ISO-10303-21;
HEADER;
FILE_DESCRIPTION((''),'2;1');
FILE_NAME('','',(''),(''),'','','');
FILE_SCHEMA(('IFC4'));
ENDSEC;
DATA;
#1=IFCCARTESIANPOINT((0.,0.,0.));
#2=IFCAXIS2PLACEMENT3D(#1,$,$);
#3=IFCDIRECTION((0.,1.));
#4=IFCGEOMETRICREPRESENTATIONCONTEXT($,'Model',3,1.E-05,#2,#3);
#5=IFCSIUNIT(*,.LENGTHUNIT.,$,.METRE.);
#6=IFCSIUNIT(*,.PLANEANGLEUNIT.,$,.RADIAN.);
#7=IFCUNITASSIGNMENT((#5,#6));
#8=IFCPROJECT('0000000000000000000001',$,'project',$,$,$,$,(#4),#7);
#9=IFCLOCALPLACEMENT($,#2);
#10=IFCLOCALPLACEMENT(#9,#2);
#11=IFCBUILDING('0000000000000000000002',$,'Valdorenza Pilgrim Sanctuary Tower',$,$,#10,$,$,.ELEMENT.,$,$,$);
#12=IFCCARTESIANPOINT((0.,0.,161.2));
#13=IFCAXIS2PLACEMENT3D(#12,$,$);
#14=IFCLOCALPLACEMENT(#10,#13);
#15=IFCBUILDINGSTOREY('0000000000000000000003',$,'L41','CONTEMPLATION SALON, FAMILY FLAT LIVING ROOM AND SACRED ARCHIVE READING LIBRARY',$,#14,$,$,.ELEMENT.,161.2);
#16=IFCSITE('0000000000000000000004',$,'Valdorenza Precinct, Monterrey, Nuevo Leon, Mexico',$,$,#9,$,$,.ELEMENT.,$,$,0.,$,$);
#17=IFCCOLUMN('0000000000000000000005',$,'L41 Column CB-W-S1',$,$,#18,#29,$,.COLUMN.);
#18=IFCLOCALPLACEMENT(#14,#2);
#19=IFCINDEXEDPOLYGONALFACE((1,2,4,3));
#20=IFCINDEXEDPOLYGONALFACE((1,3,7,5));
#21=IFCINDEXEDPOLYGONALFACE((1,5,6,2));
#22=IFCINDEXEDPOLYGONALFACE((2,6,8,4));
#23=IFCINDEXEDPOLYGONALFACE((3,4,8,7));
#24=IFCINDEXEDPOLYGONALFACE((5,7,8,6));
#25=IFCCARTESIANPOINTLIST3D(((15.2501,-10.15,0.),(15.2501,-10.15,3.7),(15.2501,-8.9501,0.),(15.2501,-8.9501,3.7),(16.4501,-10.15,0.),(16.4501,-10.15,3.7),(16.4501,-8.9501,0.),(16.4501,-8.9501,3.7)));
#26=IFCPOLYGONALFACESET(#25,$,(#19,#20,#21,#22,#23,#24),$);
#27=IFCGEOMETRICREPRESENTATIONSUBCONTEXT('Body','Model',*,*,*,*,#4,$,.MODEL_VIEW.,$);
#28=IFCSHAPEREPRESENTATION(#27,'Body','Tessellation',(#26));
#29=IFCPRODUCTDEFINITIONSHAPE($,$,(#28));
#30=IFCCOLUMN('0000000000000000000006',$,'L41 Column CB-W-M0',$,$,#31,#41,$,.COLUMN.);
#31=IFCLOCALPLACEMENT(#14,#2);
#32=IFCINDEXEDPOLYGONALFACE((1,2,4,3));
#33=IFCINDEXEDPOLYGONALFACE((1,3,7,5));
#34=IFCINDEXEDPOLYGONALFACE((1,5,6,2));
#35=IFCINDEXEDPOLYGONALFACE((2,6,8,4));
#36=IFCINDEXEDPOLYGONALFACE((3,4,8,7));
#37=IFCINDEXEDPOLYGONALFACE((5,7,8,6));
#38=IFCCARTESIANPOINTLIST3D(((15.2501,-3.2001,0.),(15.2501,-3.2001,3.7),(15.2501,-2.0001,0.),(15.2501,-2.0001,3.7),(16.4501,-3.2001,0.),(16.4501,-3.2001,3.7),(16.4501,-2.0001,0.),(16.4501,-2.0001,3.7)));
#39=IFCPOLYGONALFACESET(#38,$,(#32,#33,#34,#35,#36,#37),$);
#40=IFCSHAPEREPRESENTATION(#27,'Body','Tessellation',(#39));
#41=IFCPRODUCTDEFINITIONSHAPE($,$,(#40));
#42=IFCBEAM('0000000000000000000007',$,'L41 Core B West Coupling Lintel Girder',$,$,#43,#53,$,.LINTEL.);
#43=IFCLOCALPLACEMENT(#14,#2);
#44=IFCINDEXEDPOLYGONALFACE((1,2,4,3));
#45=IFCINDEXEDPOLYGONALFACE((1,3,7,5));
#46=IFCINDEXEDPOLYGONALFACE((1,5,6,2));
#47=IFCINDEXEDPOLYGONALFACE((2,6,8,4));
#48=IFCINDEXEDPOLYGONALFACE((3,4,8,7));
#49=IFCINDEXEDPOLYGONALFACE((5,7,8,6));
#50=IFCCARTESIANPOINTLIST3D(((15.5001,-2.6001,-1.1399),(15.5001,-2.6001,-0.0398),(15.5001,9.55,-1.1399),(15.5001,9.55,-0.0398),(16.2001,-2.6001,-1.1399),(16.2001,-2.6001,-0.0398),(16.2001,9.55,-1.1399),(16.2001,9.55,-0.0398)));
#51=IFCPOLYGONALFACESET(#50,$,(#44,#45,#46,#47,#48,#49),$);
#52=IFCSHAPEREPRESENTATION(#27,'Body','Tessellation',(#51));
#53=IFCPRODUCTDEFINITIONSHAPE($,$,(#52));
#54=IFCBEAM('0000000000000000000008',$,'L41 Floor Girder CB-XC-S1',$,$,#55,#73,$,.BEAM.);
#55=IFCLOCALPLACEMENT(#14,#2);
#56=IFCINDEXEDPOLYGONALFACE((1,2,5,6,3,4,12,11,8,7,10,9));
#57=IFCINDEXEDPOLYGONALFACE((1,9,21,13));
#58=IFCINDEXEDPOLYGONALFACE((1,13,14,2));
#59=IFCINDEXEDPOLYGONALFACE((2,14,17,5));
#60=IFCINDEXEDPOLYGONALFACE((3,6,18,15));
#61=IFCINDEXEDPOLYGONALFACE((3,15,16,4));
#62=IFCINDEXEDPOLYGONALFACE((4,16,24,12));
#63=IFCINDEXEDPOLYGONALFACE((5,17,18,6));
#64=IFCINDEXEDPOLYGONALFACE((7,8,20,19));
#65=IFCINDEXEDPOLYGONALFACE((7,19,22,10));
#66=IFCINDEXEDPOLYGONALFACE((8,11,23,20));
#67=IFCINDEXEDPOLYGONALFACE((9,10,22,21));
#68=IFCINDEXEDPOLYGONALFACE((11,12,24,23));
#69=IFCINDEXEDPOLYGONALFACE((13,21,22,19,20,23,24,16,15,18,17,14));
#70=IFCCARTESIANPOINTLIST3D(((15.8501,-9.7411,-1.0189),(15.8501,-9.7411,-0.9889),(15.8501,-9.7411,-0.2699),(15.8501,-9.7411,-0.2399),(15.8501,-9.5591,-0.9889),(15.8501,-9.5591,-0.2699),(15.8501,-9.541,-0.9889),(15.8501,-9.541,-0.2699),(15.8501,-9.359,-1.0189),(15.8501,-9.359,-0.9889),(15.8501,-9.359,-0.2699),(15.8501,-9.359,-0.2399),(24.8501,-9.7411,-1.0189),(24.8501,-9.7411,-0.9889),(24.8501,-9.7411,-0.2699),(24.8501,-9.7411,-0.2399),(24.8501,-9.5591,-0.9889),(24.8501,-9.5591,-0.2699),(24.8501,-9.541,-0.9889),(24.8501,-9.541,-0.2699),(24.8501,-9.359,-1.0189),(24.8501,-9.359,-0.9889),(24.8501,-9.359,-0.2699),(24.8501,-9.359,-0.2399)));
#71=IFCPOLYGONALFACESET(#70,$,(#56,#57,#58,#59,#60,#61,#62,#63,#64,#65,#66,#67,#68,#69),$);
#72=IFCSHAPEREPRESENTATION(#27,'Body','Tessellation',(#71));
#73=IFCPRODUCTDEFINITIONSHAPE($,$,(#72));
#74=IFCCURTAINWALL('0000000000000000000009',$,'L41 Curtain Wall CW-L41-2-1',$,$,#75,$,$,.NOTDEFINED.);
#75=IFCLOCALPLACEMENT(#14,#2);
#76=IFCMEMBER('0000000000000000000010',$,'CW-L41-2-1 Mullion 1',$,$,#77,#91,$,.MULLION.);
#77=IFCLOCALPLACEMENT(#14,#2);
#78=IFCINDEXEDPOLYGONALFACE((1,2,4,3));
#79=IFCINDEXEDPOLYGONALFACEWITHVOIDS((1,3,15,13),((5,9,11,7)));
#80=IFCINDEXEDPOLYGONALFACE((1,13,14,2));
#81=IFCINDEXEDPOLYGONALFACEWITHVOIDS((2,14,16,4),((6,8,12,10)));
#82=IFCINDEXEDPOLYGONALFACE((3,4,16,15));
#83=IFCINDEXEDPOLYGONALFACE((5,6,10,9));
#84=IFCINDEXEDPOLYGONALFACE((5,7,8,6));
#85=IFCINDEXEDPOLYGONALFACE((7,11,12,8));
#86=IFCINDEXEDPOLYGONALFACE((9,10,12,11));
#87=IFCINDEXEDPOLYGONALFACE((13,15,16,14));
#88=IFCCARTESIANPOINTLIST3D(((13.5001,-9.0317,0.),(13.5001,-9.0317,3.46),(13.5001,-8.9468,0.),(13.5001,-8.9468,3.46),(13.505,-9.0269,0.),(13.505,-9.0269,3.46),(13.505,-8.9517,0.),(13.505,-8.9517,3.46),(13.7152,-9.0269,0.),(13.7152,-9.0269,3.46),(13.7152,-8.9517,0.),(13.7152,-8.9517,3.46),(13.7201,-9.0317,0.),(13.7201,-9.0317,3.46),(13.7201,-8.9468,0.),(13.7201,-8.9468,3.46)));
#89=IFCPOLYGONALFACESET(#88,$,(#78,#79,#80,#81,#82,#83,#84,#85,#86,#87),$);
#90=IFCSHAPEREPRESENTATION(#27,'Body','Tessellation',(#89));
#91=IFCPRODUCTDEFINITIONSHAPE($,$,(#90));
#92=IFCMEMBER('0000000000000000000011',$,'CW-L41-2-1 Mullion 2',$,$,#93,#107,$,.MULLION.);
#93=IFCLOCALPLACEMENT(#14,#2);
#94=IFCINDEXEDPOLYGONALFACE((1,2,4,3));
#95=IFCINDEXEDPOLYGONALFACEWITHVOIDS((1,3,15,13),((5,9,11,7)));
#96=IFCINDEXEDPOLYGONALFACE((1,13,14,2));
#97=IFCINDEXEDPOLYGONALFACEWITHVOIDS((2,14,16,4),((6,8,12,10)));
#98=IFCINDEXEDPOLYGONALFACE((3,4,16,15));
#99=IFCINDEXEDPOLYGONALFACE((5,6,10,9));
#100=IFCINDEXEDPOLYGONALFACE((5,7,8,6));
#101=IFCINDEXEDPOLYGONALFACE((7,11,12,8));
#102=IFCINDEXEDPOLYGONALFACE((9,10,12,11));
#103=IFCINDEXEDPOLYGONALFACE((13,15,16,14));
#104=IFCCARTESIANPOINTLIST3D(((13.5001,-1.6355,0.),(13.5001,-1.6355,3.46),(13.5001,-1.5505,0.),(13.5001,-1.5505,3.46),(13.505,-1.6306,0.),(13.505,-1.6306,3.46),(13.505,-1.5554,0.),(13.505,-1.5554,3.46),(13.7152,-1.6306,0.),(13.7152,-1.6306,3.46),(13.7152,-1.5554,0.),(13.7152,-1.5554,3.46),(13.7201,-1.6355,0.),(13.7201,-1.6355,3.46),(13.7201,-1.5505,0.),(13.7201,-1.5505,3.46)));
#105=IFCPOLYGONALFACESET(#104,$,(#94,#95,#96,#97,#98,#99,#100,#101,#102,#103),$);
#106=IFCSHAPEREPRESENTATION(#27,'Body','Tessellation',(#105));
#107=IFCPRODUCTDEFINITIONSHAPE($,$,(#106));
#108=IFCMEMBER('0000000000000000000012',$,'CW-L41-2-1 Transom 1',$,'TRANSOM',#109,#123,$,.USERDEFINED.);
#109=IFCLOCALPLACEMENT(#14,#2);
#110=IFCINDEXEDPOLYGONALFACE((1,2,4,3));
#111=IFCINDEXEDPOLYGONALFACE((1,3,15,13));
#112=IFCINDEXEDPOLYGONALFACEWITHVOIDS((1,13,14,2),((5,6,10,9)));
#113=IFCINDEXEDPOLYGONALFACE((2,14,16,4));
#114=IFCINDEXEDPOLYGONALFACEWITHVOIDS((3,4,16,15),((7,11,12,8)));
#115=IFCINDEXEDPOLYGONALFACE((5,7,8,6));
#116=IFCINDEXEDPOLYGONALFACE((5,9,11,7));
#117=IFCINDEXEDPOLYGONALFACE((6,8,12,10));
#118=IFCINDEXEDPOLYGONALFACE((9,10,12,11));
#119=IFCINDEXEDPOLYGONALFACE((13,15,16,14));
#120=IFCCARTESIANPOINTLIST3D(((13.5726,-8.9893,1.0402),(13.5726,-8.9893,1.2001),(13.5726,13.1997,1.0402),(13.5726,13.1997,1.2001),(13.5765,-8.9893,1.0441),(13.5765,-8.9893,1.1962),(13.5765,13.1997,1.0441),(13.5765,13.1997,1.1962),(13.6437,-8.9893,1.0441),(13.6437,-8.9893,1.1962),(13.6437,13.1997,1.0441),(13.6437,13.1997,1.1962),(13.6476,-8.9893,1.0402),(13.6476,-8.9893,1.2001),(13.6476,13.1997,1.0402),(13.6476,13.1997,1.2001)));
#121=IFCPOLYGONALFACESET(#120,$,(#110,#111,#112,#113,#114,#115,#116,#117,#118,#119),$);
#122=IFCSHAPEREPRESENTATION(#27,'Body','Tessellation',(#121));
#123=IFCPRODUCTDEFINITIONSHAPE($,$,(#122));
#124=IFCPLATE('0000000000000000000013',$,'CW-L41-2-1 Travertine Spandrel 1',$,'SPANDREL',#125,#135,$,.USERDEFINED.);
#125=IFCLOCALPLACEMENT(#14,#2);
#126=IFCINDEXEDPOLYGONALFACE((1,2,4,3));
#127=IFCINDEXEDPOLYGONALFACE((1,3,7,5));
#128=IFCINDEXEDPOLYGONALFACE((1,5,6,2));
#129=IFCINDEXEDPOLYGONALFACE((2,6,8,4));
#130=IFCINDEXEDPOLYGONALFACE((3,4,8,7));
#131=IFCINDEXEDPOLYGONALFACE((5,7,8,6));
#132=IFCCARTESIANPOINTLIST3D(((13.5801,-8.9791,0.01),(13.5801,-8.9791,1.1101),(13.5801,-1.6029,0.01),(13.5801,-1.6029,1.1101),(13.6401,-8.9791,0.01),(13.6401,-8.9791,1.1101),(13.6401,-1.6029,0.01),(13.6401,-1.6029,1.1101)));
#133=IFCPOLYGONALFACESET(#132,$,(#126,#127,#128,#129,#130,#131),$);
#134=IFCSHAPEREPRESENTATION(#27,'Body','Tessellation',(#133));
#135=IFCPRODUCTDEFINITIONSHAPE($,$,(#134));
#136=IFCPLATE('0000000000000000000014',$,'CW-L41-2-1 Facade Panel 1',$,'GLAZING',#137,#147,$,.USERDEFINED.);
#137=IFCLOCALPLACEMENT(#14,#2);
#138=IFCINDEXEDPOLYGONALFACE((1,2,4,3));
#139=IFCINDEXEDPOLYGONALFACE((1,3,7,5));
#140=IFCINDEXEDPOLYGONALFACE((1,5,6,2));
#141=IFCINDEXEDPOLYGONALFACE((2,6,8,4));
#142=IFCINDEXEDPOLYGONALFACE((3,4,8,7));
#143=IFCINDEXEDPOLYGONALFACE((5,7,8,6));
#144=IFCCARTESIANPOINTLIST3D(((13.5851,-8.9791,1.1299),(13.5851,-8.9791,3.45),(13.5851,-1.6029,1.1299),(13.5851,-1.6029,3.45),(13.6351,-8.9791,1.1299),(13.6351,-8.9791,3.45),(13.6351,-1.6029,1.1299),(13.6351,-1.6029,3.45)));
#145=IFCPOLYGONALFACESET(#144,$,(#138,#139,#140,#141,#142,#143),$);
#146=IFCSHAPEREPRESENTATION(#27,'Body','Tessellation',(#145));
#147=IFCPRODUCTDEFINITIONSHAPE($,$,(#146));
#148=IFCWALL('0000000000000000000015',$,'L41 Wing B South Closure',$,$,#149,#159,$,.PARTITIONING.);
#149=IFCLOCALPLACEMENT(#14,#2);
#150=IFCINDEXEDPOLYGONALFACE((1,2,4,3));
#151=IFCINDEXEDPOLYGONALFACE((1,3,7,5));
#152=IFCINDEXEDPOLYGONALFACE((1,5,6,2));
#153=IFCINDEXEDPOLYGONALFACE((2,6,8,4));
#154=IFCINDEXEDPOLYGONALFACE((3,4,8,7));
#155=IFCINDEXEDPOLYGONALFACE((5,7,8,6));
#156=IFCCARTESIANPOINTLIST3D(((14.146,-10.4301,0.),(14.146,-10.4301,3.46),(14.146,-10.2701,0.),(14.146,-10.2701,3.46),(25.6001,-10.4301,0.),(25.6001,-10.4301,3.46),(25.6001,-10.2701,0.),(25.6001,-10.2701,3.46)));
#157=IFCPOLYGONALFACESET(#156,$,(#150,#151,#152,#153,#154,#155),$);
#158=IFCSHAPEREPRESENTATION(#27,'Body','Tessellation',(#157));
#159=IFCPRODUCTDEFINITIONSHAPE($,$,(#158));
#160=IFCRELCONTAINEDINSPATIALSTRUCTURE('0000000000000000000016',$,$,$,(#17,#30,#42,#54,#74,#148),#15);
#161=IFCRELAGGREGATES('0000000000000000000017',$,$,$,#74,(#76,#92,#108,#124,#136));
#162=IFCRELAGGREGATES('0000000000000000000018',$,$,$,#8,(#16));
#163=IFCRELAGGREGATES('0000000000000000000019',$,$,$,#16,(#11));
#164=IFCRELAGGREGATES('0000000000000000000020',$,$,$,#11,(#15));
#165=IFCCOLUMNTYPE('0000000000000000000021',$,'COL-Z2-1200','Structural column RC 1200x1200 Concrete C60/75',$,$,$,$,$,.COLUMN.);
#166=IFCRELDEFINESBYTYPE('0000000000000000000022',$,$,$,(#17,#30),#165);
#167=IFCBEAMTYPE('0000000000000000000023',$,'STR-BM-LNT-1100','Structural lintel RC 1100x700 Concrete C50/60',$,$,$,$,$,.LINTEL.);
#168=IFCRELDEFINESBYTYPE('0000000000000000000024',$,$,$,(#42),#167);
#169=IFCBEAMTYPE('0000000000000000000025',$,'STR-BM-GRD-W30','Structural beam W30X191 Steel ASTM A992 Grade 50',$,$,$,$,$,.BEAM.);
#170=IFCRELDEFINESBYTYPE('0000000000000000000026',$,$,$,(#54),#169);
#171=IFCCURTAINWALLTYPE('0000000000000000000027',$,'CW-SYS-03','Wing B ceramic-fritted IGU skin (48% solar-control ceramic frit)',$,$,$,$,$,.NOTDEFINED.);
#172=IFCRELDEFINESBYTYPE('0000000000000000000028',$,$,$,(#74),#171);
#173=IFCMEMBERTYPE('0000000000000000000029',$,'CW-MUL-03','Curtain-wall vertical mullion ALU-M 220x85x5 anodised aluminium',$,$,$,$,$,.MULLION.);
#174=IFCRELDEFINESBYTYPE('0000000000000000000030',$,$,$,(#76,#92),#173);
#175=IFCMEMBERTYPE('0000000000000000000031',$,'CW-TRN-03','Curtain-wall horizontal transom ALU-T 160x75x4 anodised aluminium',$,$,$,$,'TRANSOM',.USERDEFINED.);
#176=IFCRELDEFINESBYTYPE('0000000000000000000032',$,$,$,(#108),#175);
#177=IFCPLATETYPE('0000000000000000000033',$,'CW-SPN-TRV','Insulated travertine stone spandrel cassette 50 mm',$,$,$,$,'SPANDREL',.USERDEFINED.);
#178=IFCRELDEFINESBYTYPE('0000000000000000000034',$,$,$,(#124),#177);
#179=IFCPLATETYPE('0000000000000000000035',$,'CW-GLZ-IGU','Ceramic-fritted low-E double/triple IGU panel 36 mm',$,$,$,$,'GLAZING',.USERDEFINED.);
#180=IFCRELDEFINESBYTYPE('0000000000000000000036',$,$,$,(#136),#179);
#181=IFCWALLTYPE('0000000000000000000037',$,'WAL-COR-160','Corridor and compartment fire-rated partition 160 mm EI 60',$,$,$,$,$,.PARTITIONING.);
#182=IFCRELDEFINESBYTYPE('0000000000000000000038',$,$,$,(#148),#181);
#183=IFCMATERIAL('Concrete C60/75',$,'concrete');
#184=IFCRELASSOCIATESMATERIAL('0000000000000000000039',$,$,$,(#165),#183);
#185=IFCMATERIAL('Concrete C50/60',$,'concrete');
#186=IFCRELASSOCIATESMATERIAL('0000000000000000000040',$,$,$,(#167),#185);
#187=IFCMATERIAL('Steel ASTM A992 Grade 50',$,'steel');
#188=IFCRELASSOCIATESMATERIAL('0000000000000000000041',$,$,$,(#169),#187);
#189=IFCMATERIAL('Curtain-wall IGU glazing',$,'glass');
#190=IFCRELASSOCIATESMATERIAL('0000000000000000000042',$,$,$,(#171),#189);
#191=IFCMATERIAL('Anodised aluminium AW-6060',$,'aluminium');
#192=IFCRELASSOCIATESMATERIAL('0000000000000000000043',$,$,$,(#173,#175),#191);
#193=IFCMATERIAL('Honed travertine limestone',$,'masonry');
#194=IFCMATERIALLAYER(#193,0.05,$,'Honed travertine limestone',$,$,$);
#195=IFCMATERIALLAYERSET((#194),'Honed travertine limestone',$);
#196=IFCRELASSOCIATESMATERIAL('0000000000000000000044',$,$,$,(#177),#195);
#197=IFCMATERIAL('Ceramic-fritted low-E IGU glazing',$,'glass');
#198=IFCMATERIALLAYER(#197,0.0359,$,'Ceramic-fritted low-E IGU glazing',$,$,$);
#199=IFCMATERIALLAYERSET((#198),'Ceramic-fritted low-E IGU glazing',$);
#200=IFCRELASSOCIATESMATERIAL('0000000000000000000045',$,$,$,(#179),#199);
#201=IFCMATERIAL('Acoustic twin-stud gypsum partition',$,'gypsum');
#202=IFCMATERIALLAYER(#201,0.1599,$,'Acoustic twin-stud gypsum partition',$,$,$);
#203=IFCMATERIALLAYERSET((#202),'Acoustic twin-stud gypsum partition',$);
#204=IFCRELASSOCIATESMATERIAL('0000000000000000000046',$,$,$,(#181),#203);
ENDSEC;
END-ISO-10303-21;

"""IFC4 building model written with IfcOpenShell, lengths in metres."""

from ifc_helpers import new_model, si_unit, direction, frame, frame_2d, origin, origin_2d, place, context, subcontext, project, spatial, rectangle, hollow_rectangle, i_section, extrude, source, transform, mapped, material, layer, layer_set, material_profile, profile_set, type_object, element, aggregate, save


model = new_model("IFC4")

# Units and contexts
model_context = context("Model", 3, precision=1e-05, world=origin(), true_north=direction((0.0, 1.0)))
body_context = subcontext(model_context, "Body", "Model", "MODEL_VIEW")
ifc_project = project(units=[si_unit("LENGTHUNIT", "METRE"), si_unit("PLANEANGLEUNIT", "RADIAN")], contexts=[model_context])

# Site, building, storey
site_placement = place(None, origin())
site = spatial("IfcSite", under=ifc_project, at=site_placement, Name="Valdorenza Precinct, Monterrey, Nuevo Leon, Mexico", CompositionType="ELEMENT", RefElevation=0.0)
building_placement = place(site_placement, origin())
building = spatial("IfcBuilding", under=site, at=building_placement, Name="Valdorenza Pilgrim Sanctuary Tower", CompositionType="ELEMENT")
storey_placement = place(building_placement, frame((0.0, 0.0, 161.2)))
storey = spatial("IfcBuildingStorey", under=building, at=storey_placement, Name="L41", Description="CONTEMPLATION SALON, FAMILY FLAT LIVING ROOM AND SACRED ARCHIVE READING LIBRARY", CompositionType="ELEMENT", Elevation=161.2)

# Columns
ifc_material_1 = material(Name="Concrete C60/75", Category="concrete")
ifc_material_profile_1 = material_profile(ifc_material_1, rectangle(XDim=1.2, YDim=1.2, at=origin_2d()), Name="RC 1200x1200")
ifc_profile_set_1 = profile_set([ifc_material_profile_1], Name="Concrete C60/75")
column_type = type_object("IfcColumnType", Name="COL-Z2-1200", Description="Structural column RC 1200x1200 Concrete C60/75", PredefinedType="COLUMN", material=ifc_profile_set_1)
shared_shape_1 = source(origin(), body_context, "Body", "SweptSolid", [
    extrude(rectangle(XDim=1.2, YDim=1.2, at=origin_2d()), origin(), (0.0, 0.0, 1.0), 3.7),
])
for number, where, z_axis, x_axis, name in (
    (1, (15.8501, -9.55, 0.0), (0.0, 0.0, 1.0), (1.0, 0.0, 0.0), "L41 Column CB-W-S1"),
    (2, (15.8501, -2.6001, 0.0), (0.0, 0.0, 1.0), (1.0, 0.0, 0.0), "L41 Column CB-W-M0"),
):
    element("IfcColumn", number, at=place(storey_placement, frame(where, z_axis=z_axis, x_axis=x_axis)), inside=storey, type_object=column_type, Name=name, PredefinedType="COLUMN", context=body_context, shape_type="MappedRepresentation", body=[
        mapped(shared_shape_1, transform((0.0, 0.0, 0.0), x_axis=(1.0, 0.0, 0.0), y_axis=(0.0, 1.0, 0.0), z_axis=(0.0, 0.0, 1.0), scale=1.0)),
    ])

# Beams
ifc_material_2 = material(Name="Concrete C50/60", Category="concrete")
ifc_material_profile_2 = material_profile(ifc_material_2, rectangle(XDim=0.7, YDim=1.1001, at=origin_2d()), Name="RC 1100x700")
ifc_profile_set_2 = profile_set([ifc_material_profile_2], Name="Concrete C50/60")
beam_type_1 = type_object("IfcBeamType", Name="STR-BM-LNT-1100", Description="Structural lintel RC 1100x700 Concrete C50/60", PredefinedType="LINTEL", material=ifc_profile_set_2)
shared_shape_2 = source(origin(), body_context, "Body", "SweptSolid", [
    extrude(rectangle(XDim=0.7, YDim=1.1001, at=origin_2d()), origin(), (0.0, 0.0, 1.0), 12.1501),
])
beam_1_placement = place(storey_placement, frame((15.8501, -2.6001, -0.5898), z_axis=(0.0, 1.0, 0.0), x_axis=(-1.0, 0.0, 0.0)))
element("IfcBeam", 3, at=beam_1_placement, inside=storey, type_object=beam_type_1, Name="L41 Core B West Coupling Lintel Girder", PredefinedType="LINTEL", context=body_context, shape_type="MappedRepresentation", body=[
    mapped(shared_shape_2, transform((0.0, 0.0, 0.0), x_axis=(1.0, 0.0, 0.0), y_axis=(0.0, 1.0, 0.0), z_axis=(0.0, 0.0, 1.0), scale=1.0)),
])
ifc_material_3 = material(Name="Steel ASTM A992 Grade 50", Category="steel")
ifc_material_profile_3 = material_profile(ifc_material_3, i_section(OverallWidth=0.3821, OverallDepth=0.7791, WebThickness=0.0181, FlangeThickness=0.03, at=origin_2d()), Name="W30X191")
ifc_profile_set_3 = profile_set([ifc_material_profile_3], Name="Steel ASTM A992 Grade 50")
beam_type_2 = type_object("IfcBeamType", Name="STR-BM-GRD-W30", Description="Structural beam W30X191 Steel ASTM A992 Grade 50", PredefinedType="BEAM", material=ifc_profile_set_3)
shared_shape_3 = source(origin(), body_context, "Body", "SweptSolid", [
    extrude(i_section(OverallWidth=0.3821, OverallDepth=0.7791, WebThickness=0.0181, FlangeThickness=0.03, at=origin_2d()), origin(), (0.0, 0.0, 1.0), 9.0),
])
beam_2_placement = place(storey_placement, frame((15.8501, -9.55, -0.6294), z_axis=(1.0, 0.0, 0.0), x_axis=(0.0, 1.0, 0.0)))
element("IfcBeam", 4, at=beam_2_placement, inside=storey, type_object=beam_type_2, Name="L41 Floor Girder CB-XC-S1", PredefinedType="BEAM", context=body_context, shape_type="MappedRepresentation", body=[
    mapped(shared_shape_3, transform((0.0, 0.0, 0.0), x_axis=(1.0, 0.0, 0.0), y_axis=(0.0, 1.0, 0.0), z_axis=(0.0, 0.0, 1.0), scale=1.0)),
])

# Curtain wall, members, plates
ifc_material_4 = material(Name="Curtain-wall IGU glazing", Category="glass")
curtain_wall_type = type_object("IfcCurtainWallType", Name="CW-SYS-03", Description="Wing B ceramic-fritted IGU skin (48% solar-control ceramic frit)", PredefinedType="NOTDEFINED", material=ifc_material_4)
curtain_wall_placement = place(storey_placement, origin())
curtain_wall = element("IfcCurtainWall", 5, at=curtain_wall_placement, inside=storey, type_object=curtain_wall_type, Name="L41 Curtain Wall CW-L41-2-1", PredefinedType="NOTDEFINED")
ifc_material_5 = material(Name="Anodised aluminium AW-6060", Category="aluminium")
ifc_material_profile_4 = material_profile(ifc_material_5, hollow_rectangle(XDim=0.085, YDim=0.22, WallThickness=0.0049, at=origin_2d()), Name="ALU-M 220x85x5")
ifc_profile_set_4 = profile_set([ifc_material_profile_4], Name="Anodised aluminium AW-6060")
member_type_1 = type_object("IfcMemberType", Name="CW-MUL-03", Description="Curtain-wall vertical mullion ALU-M 220x85x5 anodised aluminium", PredefinedType="MULLION", material=ifc_profile_set_4)
shared_shape_4 = source(origin(), body_context, "Body", "SweptSolid", [
    extrude(hollow_rectangle(XDim=0.085, YDim=0.22, WallThickness=0.0049, at=origin_2d()), origin(), (0.0, 0.0, 1.0), 3.46),
])
member_1_placement = place(storey_placement, frame((13.6101, -8.9893, 0.0), z_axis=(0.0, 0.0, 1.0), x_axis=(0.0, 1.0, 0.0)))
member_1 = element("IfcMember", 6, at=member_1_placement, type_object=member_type_1, Name="CW-L41-2-1 Mullion 1", PredefinedType="MULLION", context=body_context, shape_type="MappedRepresentation", body=[
    mapped(shared_shape_4, transform((0.0, 0.0, 0.0), x_axis=(1.0, 0.0, 0.0), y_axis=(0.0, 1.0, 0.0), z_axis=(0.0, 0.0, 1.0), scale=1.0)),
])
member_2_placement = place(storey_placement, frame((13.6101, -1.593, 0.0), z_axis=(0.0, 0.0, 1.0), x_axis=(0.0, 1.0, 0.0)))
member_2 = element("IfcMember", 7, at=member_2_placement, type_object=member_type_1, Name="CW-L41-2-1 Mullion 2", PredefinedType="MULLION", context=body_context, shape_type="MappedRepresentation", body=[
    mapped(shared_shape_4, transform((0.0, 0.0, 0.0), x_axis=(1.0, 0.0, 0.0), y_axis=(0.0, 1.0, 0.0), z_axis=(0.0, 0.0, 1.0), scale=1.0)),
])
ifc_material_profile_5 = material_profile(ifc_material_5, hollow_rectangle(XDim=0.075, YDim=0.1599, WallThickness=0.0039, at=origin_2d()), Name="ALU-T 160x75x4")
ifc_profile_set_5 = profile_set([ifc_material_profile_5], Name="Anodised aluminium AW-6060")
member_type_2 = type_object("IfcMemberType", Name="CW-TRN-03", Description="Curtain-wall horizontal transom ALU-T 160x75x4 anodised aluminium", ElementType="TRANSOM", PredefinedType="USERDEFINED", material=ifc_profile_set_5)
shared_shape_5 = source(origin(), body_context, "Body", "SweptSolid", [
    extrude(hollow_rectangle(XDim=0.075, YDim=0.1599, WallThickness=0.0039, at=origin_2d()), origin(), (0.0, 0.0, 1.0), 22.189),
])
member_3_placement = place(storey_placement, frame((13.6101, -8.9893, 1.1201), z_axis=(0.0, 1.0, 0.0), x_axis=(-1.0, 0.0, 0.0)))
member_3 = element("IfcMember", 8, at=member_3_placement, type_object=member_type_2, Name="CW-L41-2-1 Transom 1", ObjectType="TRANSOM", PredefinedType="USERDEFINED", context=body_context, shape_type="MappedRepresentation", body=[
    mapped(shared_shape_5, transform((0.0, 0.0, 0.0), x_axis=(1.0, 0.0, 0.0), y_axis=(0.0, 1.0, 0.0), z_axis=(0.0, 0.0, 1.0), scale=1.0)),
])
ifc_material_6 = material(Name="Honed travertine limestone", Category="masonry")
ifc_layer_1 = layer(ifc_material_6, 0.05, Name="Honed travertine limestone")
ifc_layer_set_1 = layer_set([ifc_layer_1], Name="Honed travertine limestone")
plate_type_1 = type_object("IfcPlateType", Name="CW-SPN-TRV", Description="Insulated travertine stone spandrel cassette 50 mm", ElementType="SPANDREL", PredefinedType="USERDEFINED", material=ifc_layer_set_1)
shared_shape_6 = source(origin(), body_context, "Body", "SweptSolid", [
    extrude(rectangle(XDim=7.3762, YDim=0.0601, at=origin_2d()), origin(), (0.0, 0.0, 1.0), 1.1001),
])
plate_1_placement = place(storey_placement, frame((13.6101, -5.291, 0.01), z_axis=(0.0, 0.0, 1.0), x_axis=(0.0, 1.0, 0.0)))
plate_1 = element("IfcPlate", 9, at=plate_1_placement, type_object=plate_type_1, Name="CW-L41-2-1 Travertine Spandrel 1", ObjectType="SPANDREL", PredefinedType="USERDEFINED", context=body_context, shape_type="MappedRepresentation", body=[
    mapped(shared_shape_6, transform((0.0, 0.0, 0.0), x_axis=(1.0, 0.0, 0.0), y_axis=(0.0, 1.0, 0.0), z_axis=(0.0, 0.0, 1.0), scale=1.0)),
])
ifc_material_7 = material(Name="Ceramic-fritted low-E IGU glazing", Category="glass")
ifc_layer_2 = layer(ifc_material_7, 0.0359, Name="Ceramic-fritted low-E IGU glazing")
ifc_layer_set_2 = layer_set([ifc_layer_2], Name="Ceramic-fritted low-E IGU glazing")
plate_type_2 = type_object("IfcPlateType", Name="CW-GLZ-IGU", Description="Ceramic-fritted low-E double/triple IGU panel 36 mm", ElementType="GLAZING", PredefinedType="USERDEFINED", material=ifc_layer_set_2)
shared_shape_7 = source(origin(), body_context, "Body", "SweptSolid", [
    extrude(rectangle(XDim=7.3762, YDim=0.05, at=origin_2d()), origin(), (0.0, 0.0, 1.0), 2.3201),
])
plate_2_placement = place(storey_placement, frame((13.6101, -5.291, 1.1299), z_axis=(0.0, 0.0, 1.0), x_axis=(0.0, 1.0, 0.0)))
plate_2 = element("IfcPlate", 10, at=plate_2_placement, type_object=plate_type_2, Name="CW-L41-2-1 Facade Panel 1", ObjectType="GLAZING", PredefinedType="USERDEFINED", context=body_context, shape_type="MappedRepresentation", body=[
    mapped(shared_shape_7, transform((0.0, 0.0, 0.0), x_axis=(1.0, 0.0, 0.0), y_axis=(0.0, 1.0, 0.0), z_axis=(0.0, 0.0, 1.0), scale=1.0)),
])
aggregate(curtain_wall, [member_1, member_2, member_3, plate_1, plate_2])

# Wall
ifc_material_8 = material(Name="Acoustic twin-stud gypsum partition", Category="gypsum")
ifc_layer_3 = layer(ifc_material_8, 0.1599, Name="Acoustic twin-stud gypsum partition")
ifc_layer_set_3 = layer_set([ifc_layer_3], Name="Acoustic twin-stud gypsum partition")
wall_type_1 = type_object("IfcWallType", Name="WAL-COR-160", Description="Corridor and compartment fire-rated partition 160 mm EI 60", PredefinedType="PARTITIONING", material=ifc_layer_set_3)
wall_1_placement = place(storey_placement, frame((14.146, -10.3501, 0.0), z_axis=(0.0, 0.0, 1.0), x_axis=(1.0, 0.0, 0.0)))
element("IfcWall", 11, at=wall_1_placement, inside=storey, type_object=wall_type_1, Name="L41 Wing B South Closure", PredefinedType="PARTITIONING", context=body_context, shape_type="SweptSolid", body=[
    extrude(rectangle(XDim=11.4541, YDim=0.1599, at=frame_2d((5.7271, 0.0))), origin(), (0.0, 0.0, 1.0), 3.46),
])

save(model, "model.ifc")
